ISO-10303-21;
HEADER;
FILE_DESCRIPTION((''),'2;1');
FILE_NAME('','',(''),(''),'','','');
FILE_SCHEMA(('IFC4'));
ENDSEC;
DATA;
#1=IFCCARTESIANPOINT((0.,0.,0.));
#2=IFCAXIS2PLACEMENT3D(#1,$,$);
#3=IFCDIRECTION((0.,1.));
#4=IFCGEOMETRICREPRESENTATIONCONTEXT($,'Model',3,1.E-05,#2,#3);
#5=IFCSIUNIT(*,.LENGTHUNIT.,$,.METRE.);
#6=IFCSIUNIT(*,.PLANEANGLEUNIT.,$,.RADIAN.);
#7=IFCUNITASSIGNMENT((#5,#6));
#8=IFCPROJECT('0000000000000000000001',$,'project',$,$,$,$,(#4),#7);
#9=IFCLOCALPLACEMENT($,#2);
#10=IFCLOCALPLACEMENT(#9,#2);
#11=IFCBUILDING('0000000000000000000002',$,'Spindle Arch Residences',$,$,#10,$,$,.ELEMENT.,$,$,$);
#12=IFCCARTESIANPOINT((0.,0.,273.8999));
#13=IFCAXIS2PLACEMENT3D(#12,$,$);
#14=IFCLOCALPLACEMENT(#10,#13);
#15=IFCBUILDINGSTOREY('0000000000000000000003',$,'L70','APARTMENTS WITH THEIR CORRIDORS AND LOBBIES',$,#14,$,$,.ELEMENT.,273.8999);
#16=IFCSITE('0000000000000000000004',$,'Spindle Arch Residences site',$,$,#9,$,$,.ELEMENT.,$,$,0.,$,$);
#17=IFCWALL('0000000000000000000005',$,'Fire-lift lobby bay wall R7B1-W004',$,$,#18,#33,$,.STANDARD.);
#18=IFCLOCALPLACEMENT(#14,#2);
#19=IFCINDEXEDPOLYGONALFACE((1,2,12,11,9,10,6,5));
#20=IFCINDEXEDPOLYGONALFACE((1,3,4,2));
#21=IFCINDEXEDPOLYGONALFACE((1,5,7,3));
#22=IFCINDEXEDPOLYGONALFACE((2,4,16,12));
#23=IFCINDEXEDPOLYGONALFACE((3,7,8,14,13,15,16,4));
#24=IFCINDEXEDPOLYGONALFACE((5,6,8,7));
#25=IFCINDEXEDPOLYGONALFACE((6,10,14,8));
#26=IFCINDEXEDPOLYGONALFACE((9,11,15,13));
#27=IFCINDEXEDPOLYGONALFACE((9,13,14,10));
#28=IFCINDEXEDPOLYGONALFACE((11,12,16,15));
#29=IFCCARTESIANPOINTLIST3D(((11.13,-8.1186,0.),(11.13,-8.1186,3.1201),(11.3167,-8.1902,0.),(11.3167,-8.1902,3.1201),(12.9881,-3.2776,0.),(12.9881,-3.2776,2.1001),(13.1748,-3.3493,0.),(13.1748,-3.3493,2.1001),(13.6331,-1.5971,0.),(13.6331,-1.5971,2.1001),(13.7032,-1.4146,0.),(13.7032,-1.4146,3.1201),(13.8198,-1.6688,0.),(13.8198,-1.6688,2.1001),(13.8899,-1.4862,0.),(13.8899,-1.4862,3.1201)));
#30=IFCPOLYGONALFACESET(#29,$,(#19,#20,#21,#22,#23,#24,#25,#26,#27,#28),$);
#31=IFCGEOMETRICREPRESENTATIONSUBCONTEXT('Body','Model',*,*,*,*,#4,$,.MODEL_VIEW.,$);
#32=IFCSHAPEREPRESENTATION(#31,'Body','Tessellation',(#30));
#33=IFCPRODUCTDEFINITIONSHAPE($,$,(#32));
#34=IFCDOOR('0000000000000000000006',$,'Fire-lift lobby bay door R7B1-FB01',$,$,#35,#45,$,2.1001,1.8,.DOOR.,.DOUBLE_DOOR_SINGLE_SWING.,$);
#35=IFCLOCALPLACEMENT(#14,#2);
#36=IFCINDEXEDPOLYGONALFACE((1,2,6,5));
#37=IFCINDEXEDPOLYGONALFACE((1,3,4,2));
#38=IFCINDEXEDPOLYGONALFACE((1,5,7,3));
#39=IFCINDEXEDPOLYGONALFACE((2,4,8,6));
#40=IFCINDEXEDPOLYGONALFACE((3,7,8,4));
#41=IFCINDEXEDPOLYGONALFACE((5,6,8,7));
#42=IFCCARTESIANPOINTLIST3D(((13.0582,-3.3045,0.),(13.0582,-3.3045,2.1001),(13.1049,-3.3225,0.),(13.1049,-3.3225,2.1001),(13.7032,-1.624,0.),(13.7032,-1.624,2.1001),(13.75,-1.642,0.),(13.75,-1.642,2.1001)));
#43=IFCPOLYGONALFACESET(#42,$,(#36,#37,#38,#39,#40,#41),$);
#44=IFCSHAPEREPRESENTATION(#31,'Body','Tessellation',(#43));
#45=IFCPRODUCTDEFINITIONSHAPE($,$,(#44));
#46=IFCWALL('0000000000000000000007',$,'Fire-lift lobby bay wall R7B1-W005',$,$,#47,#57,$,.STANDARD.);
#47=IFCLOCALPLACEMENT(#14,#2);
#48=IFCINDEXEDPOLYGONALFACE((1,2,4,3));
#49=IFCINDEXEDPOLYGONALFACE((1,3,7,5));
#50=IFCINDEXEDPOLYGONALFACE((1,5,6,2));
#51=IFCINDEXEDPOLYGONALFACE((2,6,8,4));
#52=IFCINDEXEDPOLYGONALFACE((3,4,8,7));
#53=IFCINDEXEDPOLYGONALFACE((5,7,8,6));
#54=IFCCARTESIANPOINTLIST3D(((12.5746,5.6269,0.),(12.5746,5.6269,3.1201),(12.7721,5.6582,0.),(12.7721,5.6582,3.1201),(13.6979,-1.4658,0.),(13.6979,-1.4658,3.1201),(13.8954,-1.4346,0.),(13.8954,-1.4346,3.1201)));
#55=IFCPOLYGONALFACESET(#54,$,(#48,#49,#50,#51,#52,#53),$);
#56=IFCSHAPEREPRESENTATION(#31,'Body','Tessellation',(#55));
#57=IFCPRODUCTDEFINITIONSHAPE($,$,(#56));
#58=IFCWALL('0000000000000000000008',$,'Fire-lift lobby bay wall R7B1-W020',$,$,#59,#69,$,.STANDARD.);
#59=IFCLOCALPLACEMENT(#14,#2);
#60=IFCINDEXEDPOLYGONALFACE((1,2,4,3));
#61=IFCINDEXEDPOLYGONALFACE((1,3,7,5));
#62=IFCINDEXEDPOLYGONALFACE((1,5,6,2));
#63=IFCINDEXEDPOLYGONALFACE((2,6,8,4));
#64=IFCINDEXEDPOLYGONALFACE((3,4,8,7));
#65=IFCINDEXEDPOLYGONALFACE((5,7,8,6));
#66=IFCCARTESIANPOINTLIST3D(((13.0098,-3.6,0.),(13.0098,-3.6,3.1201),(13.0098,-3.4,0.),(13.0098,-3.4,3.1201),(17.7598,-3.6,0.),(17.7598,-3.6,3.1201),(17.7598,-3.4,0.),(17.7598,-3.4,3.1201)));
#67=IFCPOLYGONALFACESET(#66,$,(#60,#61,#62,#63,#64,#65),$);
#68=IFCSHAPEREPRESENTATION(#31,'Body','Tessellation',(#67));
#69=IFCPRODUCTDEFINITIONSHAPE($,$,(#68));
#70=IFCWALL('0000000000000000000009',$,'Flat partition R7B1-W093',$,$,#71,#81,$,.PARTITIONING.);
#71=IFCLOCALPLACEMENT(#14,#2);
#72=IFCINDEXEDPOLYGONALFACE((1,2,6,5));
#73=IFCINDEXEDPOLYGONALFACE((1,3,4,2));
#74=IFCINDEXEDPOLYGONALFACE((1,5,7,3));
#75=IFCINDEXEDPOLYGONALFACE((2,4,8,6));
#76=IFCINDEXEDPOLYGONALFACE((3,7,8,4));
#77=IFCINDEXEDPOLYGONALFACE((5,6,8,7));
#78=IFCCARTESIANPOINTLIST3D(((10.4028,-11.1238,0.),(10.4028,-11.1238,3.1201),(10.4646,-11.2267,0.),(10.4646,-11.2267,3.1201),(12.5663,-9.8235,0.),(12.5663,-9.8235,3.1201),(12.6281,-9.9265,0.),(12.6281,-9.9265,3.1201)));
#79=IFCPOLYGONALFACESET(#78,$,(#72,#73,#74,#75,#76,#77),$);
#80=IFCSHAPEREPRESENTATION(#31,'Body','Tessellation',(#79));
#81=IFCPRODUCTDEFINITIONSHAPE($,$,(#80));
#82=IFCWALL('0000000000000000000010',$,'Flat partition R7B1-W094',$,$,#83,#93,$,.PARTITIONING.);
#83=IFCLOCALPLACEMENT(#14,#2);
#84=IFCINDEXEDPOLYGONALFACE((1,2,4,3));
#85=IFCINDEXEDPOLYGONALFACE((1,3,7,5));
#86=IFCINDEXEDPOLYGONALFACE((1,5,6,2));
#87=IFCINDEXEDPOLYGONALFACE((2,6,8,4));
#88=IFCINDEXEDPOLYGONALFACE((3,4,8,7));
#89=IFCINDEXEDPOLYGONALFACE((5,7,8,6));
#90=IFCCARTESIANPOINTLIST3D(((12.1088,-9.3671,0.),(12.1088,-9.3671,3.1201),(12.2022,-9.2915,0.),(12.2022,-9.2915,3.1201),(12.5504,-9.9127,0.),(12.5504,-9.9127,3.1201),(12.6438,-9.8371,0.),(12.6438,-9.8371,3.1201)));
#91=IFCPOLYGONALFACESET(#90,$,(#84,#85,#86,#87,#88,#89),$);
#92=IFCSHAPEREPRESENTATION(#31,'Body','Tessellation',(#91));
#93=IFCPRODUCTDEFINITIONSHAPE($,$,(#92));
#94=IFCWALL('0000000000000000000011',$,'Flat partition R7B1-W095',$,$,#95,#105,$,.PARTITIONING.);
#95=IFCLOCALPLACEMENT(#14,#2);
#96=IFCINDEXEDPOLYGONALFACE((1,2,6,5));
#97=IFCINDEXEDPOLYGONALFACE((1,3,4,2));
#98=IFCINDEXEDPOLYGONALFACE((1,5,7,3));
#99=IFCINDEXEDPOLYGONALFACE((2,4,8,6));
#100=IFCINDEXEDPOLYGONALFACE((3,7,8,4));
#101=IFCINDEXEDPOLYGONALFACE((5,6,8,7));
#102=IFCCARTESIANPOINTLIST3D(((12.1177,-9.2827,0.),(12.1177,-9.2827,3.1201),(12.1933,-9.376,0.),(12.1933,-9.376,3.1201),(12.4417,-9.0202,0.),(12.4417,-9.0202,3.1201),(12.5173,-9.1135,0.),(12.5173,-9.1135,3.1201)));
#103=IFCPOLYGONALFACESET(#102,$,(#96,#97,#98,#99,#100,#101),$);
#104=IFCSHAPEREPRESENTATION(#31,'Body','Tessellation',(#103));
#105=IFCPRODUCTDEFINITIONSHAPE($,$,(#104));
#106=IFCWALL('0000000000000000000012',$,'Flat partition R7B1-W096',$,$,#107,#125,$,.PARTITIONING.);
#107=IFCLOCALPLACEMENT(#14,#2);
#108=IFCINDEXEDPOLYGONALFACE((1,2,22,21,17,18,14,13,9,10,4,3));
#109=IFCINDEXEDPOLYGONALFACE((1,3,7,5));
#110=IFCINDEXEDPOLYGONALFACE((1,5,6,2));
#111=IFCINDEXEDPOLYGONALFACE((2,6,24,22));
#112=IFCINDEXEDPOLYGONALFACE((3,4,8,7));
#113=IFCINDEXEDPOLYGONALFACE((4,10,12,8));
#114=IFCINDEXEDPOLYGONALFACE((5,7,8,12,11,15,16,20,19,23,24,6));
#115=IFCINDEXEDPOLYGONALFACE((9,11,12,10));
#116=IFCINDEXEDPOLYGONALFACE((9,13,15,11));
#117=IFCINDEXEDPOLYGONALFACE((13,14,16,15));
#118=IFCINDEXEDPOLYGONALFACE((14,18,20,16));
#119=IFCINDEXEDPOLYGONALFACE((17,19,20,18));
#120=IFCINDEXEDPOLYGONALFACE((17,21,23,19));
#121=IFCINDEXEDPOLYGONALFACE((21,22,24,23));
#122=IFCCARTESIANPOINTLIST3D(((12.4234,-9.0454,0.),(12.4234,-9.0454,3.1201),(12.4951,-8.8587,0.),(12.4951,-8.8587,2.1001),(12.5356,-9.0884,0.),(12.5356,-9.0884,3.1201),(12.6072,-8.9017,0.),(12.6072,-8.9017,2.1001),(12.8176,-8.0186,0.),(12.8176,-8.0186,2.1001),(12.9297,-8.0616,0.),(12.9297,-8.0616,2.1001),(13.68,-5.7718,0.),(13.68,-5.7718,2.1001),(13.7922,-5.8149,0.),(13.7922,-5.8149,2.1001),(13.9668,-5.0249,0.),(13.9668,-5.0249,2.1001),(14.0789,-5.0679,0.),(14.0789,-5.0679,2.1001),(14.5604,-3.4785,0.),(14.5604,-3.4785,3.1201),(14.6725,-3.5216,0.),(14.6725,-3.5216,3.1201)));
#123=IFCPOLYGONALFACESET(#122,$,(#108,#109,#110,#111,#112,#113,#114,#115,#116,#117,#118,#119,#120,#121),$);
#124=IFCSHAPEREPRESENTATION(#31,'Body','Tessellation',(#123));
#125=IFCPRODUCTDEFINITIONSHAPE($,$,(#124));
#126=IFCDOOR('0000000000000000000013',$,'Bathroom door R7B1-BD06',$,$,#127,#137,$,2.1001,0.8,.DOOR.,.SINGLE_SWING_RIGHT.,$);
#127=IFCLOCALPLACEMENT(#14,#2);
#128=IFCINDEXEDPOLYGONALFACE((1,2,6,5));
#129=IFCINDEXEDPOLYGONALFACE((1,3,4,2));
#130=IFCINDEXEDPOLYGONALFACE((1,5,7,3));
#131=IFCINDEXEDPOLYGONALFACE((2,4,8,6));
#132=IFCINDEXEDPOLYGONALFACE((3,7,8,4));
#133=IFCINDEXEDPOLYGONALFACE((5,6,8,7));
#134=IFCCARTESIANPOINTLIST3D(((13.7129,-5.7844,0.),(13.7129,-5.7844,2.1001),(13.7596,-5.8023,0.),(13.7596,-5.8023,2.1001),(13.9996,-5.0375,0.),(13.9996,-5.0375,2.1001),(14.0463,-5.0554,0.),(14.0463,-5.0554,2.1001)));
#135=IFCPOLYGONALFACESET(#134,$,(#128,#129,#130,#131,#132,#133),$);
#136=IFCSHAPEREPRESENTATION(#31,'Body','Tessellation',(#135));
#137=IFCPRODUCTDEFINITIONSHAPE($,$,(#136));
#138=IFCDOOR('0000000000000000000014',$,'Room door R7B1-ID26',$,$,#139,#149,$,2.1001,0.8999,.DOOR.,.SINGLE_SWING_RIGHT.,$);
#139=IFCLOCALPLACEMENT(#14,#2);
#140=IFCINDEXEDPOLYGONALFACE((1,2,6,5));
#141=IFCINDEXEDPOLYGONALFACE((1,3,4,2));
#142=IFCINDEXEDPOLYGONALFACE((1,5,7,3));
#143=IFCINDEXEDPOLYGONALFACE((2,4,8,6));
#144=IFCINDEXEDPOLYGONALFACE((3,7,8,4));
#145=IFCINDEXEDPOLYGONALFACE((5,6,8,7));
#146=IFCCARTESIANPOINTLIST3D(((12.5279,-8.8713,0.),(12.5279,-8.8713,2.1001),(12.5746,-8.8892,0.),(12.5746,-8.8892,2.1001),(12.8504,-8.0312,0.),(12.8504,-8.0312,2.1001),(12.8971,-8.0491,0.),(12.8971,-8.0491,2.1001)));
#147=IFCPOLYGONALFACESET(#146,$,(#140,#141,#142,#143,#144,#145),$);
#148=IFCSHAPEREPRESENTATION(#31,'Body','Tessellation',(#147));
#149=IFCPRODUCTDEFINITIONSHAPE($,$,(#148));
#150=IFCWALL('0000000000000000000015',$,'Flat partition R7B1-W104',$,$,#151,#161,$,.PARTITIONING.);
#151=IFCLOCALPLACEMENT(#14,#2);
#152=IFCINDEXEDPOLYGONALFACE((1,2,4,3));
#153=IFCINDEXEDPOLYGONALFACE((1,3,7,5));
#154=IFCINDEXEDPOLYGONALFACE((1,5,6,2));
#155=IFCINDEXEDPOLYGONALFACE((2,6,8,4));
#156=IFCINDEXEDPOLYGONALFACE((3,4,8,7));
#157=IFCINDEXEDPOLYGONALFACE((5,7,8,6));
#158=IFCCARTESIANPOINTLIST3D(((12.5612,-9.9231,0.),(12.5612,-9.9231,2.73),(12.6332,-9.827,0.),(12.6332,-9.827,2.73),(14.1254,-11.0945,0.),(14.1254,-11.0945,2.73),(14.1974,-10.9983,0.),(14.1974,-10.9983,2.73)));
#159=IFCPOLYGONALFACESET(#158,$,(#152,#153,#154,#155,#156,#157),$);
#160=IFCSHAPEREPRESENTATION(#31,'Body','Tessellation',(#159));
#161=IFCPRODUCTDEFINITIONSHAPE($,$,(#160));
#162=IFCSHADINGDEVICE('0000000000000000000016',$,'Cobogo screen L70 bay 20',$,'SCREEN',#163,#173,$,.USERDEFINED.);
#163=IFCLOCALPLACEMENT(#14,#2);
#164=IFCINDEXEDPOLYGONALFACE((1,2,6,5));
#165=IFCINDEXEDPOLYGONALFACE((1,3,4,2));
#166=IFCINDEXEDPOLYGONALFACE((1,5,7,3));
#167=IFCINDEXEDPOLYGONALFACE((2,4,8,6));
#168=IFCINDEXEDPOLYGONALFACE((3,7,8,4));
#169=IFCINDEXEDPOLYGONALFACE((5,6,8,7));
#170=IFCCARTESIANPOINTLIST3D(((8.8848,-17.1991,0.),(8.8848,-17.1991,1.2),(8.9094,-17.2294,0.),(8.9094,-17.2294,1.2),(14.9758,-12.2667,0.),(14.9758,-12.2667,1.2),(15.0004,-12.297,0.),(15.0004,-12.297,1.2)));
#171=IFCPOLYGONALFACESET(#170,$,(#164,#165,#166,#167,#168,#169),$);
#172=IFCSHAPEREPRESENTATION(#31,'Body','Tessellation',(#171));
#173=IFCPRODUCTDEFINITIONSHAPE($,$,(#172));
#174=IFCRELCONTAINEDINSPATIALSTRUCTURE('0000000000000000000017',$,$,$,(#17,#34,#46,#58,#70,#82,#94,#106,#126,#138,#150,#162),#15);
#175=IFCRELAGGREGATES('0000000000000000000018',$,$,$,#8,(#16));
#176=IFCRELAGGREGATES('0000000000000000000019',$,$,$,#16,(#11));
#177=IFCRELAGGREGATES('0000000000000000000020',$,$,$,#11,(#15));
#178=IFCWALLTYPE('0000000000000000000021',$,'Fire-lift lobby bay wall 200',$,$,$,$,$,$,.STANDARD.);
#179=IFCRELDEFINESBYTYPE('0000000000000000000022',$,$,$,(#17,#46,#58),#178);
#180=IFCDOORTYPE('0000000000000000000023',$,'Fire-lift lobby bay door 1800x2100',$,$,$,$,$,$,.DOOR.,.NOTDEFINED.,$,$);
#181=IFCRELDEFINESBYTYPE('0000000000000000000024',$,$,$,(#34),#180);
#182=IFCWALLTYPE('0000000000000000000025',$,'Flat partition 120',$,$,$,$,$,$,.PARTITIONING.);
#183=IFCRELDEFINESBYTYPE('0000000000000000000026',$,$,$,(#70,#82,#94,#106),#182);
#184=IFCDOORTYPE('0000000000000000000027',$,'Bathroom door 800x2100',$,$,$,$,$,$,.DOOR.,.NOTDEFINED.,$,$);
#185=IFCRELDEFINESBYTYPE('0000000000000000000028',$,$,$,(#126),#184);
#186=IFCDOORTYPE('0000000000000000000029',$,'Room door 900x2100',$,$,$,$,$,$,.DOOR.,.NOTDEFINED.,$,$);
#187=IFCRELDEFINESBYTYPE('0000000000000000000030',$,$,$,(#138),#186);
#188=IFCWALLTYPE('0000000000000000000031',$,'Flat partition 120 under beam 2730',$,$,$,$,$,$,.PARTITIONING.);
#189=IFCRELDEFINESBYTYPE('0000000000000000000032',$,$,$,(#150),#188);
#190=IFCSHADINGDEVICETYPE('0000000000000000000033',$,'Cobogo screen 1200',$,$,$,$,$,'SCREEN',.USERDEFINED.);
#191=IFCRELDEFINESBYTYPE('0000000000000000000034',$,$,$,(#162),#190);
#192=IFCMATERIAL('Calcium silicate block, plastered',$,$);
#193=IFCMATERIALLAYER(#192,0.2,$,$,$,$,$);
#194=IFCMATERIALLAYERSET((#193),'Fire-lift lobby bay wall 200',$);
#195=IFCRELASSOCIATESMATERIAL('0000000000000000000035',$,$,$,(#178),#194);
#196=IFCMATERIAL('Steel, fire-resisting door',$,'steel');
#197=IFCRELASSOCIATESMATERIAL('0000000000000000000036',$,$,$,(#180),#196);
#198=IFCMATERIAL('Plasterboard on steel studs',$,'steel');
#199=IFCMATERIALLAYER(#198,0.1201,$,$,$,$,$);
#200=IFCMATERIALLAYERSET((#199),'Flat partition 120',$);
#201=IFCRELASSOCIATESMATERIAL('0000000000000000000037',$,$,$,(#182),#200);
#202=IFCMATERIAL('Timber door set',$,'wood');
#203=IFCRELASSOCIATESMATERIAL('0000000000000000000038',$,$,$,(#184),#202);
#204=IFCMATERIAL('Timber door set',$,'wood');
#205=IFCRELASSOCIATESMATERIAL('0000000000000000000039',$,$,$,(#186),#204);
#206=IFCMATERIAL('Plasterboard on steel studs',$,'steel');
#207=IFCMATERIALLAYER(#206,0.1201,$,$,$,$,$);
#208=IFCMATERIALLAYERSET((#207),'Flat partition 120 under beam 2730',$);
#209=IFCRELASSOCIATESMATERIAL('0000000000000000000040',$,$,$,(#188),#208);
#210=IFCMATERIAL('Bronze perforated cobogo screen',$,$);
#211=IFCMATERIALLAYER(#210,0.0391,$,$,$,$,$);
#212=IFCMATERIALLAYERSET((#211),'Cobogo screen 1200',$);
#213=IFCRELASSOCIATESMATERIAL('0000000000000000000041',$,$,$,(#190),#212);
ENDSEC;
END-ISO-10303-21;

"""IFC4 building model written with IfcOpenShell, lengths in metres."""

from ifc_helpers import new_model, si_unit, direction, frame, frame_2d, origin, origin_2d, place, context, subcontext, project, spatial, rectangle, extrude, material, layer, layer_set, type_object, element, fill, save


model = new_model("IFC4")

# Units and contexts
model_context = context("Model", 3, precision=1e-05, world=origin(), true_north=direction((0.0, 1.0)))
body_context = subcontext(model_context, "Body", "Model", "MODEL_VIEW")
ifc_project = project(units=[si_unit("LENGTHUNIT", "METRE"), si_unit("PLANEANGLEUNIT", "RADIAN")], contexts=[model_context])

# Site, building, storey
site_placement = place(None, origin())
site = spatial("IfcSite", under=ifc_project, at=site_placement, Name="Spindle Arch Residences site", CompositionType="ELEMENT", RefElevation=0.0)
building_placement = place(site_placement, origin())
building = spatial("IfcBuilding", under=site, at=building_placement, Name="Spindle Arch Residences", CompositionType="ELEMENT")
storey_placement = place(building_placement, frame((0.0, 0.0, 273.8999)))
storey = spatial("IfcBuildingStorey", under=building, at=storey_placement, Name="L70", Description="APARTMENTS WITH THEIR CORRIDORS AND LOBBIES", CompositionType="ELEMENT", Elevation=273.8999)

# Wall, opening, door
ifc_material_1 = material(Name="Calcium silicate block, plastered")
ifc_layer_1 = layer(ifc_material_1, 0.2)
ifc_layer_set_1 = layer_set([ifc_layer_1], Name="Fire-lift lobby bay wall 200")
wall_type_1 = type_object("IfcWallType", Name="Fire-lift lobby bay wall 200", PredefinedType="STANDARD", material=ifc_layer_set_1)
wall_1_placement = place(storey_placement, frame((11.2234, -8.1543, 0.0), z_axis=(0.0, 0.0, 1.0), x_axis=(0.358341, 0.933591, 0.0)))
wall_1 = element("IfcWall", 1, at=wall_1_placement, inside=storey, type_object=wall_type_1, Name="Fire-lift lobby bay wall R7B1-W004", PredefinedType="STANDARD", context=body_context, shape_type="SweptSolid", body=[
    extrude(rectangle(XDim=7.1809, YDim=0.2, at=frame_2d((3.5903, 0.0))), origin(), (0.0, 0.0, 1.0), 3.1201),
])
opening_1_placement = place(wall_1_placement, frame((5.1853, 0.0, 0.0)))
opening_1 = element("IfcOpeningElement", 2, at=opening_1_placement, cuts=wall_1, PredefinedType="OPENING", context=body_context, shape_type="SweptSolid", body=[
    extrude(rectangle(XDim=1.8, YDim=2.1001, at=frame_2d((0.8999, 1.05))), frame((0.0, 0.1099, 0.0), z_axis=(0.0, -1.0, 0.0), x_axis=(1.0, 0.0, 0.0)), (0.0, 0.0, 1.0), 0.22),
])
ifc_material_2 = material(Name="Steel, fire-resisting door", Category="steel")
door_type_1 = type_object("IfcDoorType", Name="Fire-lift lobby bay door 1800x2100", OperationType="NOTDEFINED", PredefinedType="DOOR", material=ifc_material_2)
door_1_placement = place(opening_1_placement, origin())
door_1 = element("IfcDoor", 3, at=door_1_placement, inside=storey, type_object=door_type_1, Name="Fire-lift lobby bay door R7B1-FB01", OperationType="DOUBLE_DOOR_SINGLE_SWING", OverallHeight=2.1001, OverallWidth=1.8, PredefinedType="DOOR", context=body_context, shape_type="SweptSolid", body=[
    extrude(rectangle(XDim=1.8, YDim=2.1001, at=frame_2d((0.8999, 1.05))), frame((0.0, 0.0249, 0.0), z_axis=(0.0, -1.0, 0.0), x_axis=(1.0, 0.0, 0.0)), (0.0, 0.0, 1.0), 0.05),
])
fill(opening_1, door_1)

# Walls
wall_2_placement = place(storey_placement, frame((13.7966, -1.4502, 0.0), z_axis=(0.0, 0.0, 1.0), x_axis=(-0.156422, 0.98769, 0.0)))
element("IfcWall", 4, at=wall_2_placement, inside=storey, type_object=wall_type_1, Name="Fire-lift lobby bay wall R7B1-W005", PredefinedType="STANDARD", context=body_context, shape_type="SweptSolid", body=[
    extrude(rectangle(XDim=7.1812, YDim=0.2, at=frame_2d((3.5906, 0.0))), origin(), (0.0, 0.0, 1.0), 3.1201),
])
wall_3_placement = place(storey_placement, frame((13.0098, -3.5, 0.0), z_axis=(0.0, 0.0, 1.0), x_axis=(1.0, 0.0, 0.0)))
element("IfcWall", 5, at=wall_3_placement, inside=storey, type_object=wall_type_1, Name="Fire-lift lobby bay wall R7B1-W020", PredefinedType="STANDARD", context=body_context, shape_type="SweptSolid", body=[
    extrude(rectangle(XDim=4.75, YDim=0.2, at=frame_2d((2.375, 0.0))), origin(), (0.0, 0.0, 1.0), 3.1201),
])
ifc_material_3 = material(Name="Plasterboard on steel studs", Category="steel")
ifc_layer_2 = layer(ifc_material_3, 0.1201)
ifc_layer_set_2 = layer_set([ifc_layer_2], Name="Flat partition 120")
wall_type_2 = type_object("IfcWallType", Name="Flat partition 120", PredefinedType="PARTITIONING", material=ifc_layer_set_2)
wall_4_placement = place(storey_placement, frame((10.4336, -11.1753, 0.0), z_axis=(0.0, 0.0, 1.0), x_axis=(0.857117, 0.515121, 0.0)))
element("IfcWall", 6, at=wall_4_placement, inside=storey, type_object=wall_type_2, Name="Flat partition R7B1-W093", PredefinedType="PARTITIONING", context=body_context, shape_type="SweptSolid", body=[
    extrude(rectangle(XDim=2.5242, YDim=0.1201, at=frame_2d((1.2622, 0.0))), origin(), (0.0, 0.0, 1.0), 3.1201),
])
wall_5_placement = place(storey_placement, frame((12.5972, -9.875, 0.0), z_axis=(0.0, 0.0, 1.0), x_axis=(-0.629138, 0.777293, 0.0)))
element("IfcWall", 7, at=wall_5_placement, inside=storey, type_object=wall_type_2, Name="Flat partition R7B1-W094", PredefinedType="PARTITIONING", context=body_context, shape_type="SweptSolid", body=[
    extrude(rectangle(XDim=0.7019, YDim=0.1201, at=frame_2d((0.3511, 0.0))), origin(), (0.0, 0.0, 1.0), 3.1201),
])
wall_6_placement = place(storey_placement, frame((12.1555, -9.3293, 0.0), z_axis=(0.0, 0.0, 1.0), x_axis=(0.777027, 0.629468, 0.0)))
element("IfcWall", 8, at=wall_6_placement, inside=storey, type_object=wall_type_2, Name="Flat partition R7B1-W095", PredefinedType="PARTITIONING", context=body_context, shape_type="SweptSolid", body=[
    extrude(rectangle(XDim=0.417, YDim=0.1201, at=frame_2d((0.2085, 0.0))), origin(), (0.0, 0.0, 1.0), 3.1201),
])

# Wall, openings, doors
wall_7_placement = place(storey_placement, frame((12.4795, -9.0669, 0.0), z_axis=(0.0, 0.0, 1.0), x_axis=(0.358373, 0.933579, 0.0)))
wall_7 = element("IfcWall", 9, at=wall_7_placement, inside=storey, type_object=wall_type_2, Name="Flat partition R7B1-W096", PredefinedType="PARTITIONING", context=body_context, shape_type="SweptSolid", body=[
    extrude(rectangle(XDim=5.9629, YDim=0.1201, at=frame_2d((2.9814, 0.0))), origin(), (0.0, 0.0, 1.0), 3.1201),
])
opening_2_placement = place(wall_7_placement, frame((0.2, 0.0, 0.0)))
opening_2 = element("IfcOpeningElement", 10, at=opening_2_placement, cuts=wall_7, PredefinedType="OPENING", context=body_context, shape_type="SweptSolid", body=[
    extrude(rectangle(XDim=0.8999, YDim=2.1001, at=frame_2d((0.45, 1.05))), frame((0.0, 0.0701, 0.0), z_axis=(0.0, -1.0, 0.0), x_axis=(1.0, 0.0, 0.0)), (0.0, 0.0, 1.0), 0.1401),
])
opening_3_placement = place(wall_7_placement, frame((3.5066, 0.0, 0.0)))
opening_3 = element("IfcOpeningElement", 11, at=opening_3_placement, cuts=wall_7, PredefinedType="OPENING", context=body_context, shape_type="SweptSolid", body=[
    extrude(rectangle(XDim=0.8, YDim=2.1001, at=frame_2d((0.3999, 1.05))), frame((0.0, 0.0701, 0.0), z_axis=(0.0, -1.0, 0.0), x_axis=(1.0, 0.0, 0.0)), (0.0, 0.0, 1.0), 0.1401),
])
ifc_material_4 = material(Name="Timber door set", Category="wood")
door_type_2 = type_object("IfcDoorType", Name="Bathroom door 800x2100", OperationType="NOTDEFINED", PredefinedType="DOOR", material=ifc_material_4)
door_2_placement = place(opening_3_placement, origin())
door_2 = element("IfcDoor", 12, at=door_2_placement, inside=storey, type_object=door_type_2, Name="Bathroom door R7B1-BD06", OperationType="SINGLE_SWING_RIGHT", OverallHeight=2.1001, OverallWidth=0.8, PredefinedType="DOOR", context=body_context, shape_type="SweptSolid", body=[
    extrude(rectangle(XDim=0.8, YDim=2.1001, at=frame_2d((0.3999, 1.05))), frame((0.0, 0.0249, 0.0), z_axis=(0.0, -1.0, 0.0), x_axis=(1.0, 0.0, 0.0)), (0.0, 0.0, 1.0), 0.05),
])
fill(opening_3, door_2)
ifc_material_5 = material(Name="Timber door set", Category="wood")
door_type_3 = type_object("IfcDoorType", Name="Room door 900x2100", OperationType="NOTDEFINED", PredefinedType="DOOR", material=ifc_material_5)
door_3_placement = place(opening_2_placement, origin())
door_3 = element("IfcDoor", 13, at=door_3_placement, inside=storey, type_object=door_type_3, Name="Room door R7B1-ID26", OperationType="SINGLE_SWING_RIGHT", OverallHeight=2.1001, OverallWidth=0.8999, PredefinedType="DOOR", context=body_context, shape_type="SweptSolid", body=[
    extrude(rectangle(XDim=0.8999, YDim=2.1001, at=frame_2d((0.45, 1.05))), frame((0.0, 0.0249, 0.0), z_axis=(0.0, -1.0, 0.0), x_axis=(1.0, 0.0, 0.0)), (0.0, 0.0, 1.0), 0.05),
])
fill(opening_2, door_3)

# Wall
ifc_material_6 = material(Name="Plasterboard on steel studs", Category="steel")
ifc_layer_3 = layer(ifc_material_6, 0.1201)
ifc_layer_set_3 = layer_set([ifc_layer_3], Name="Flat partition 120 under beam 2730")
wall_type_3 = type_object("IfcWallType", Name="Flat partition 120 under beam 2730", PredefinedType="PARTITIONING", material=ifc_layer_set_3)
wall_8_placement = place(storey_placement, frame((14.1614, -11.0464, 0.0), z_axis=(0.0, 0.0, 1.0), x_axis=(-0.800435, 0.59942, 0.0)))
element("IfcWall", 14, at=wall_8_placement, inside=storey, type_object=wall_type_3, Name="Flat partition R7B1-W104", PredefinedType="PARTITIONING", context=body_context, shape_type="SweptSolid", body=[
    extrude(rectangle(XDim=1.9541, YDim=0.1201, at=frame_2d((0.9771, 0.0))), origin(), (0.0, 0.0, 1.0), 2.73),
])

# Shading device
ifc_material_7 = material(Name="Bronze perforated cobogo screen")
ifc_layer_4 = layer(ifc_material_7, 0.0391)
ifc_layer_set_4 = layer_set([ifc_layer_4], Name="Cobogo screen 1200")
shading_device_type = type_object("IfcShadingDeviceType", Name="Cobogo screen 1200", ElementType="SCREEN", PredefinedType="USERDEFINED", material=ifc_layer_set_4)
shading_device_placement = place(storey_placement, frame((11.9426, -14.748, 0.0), z_axis=(0.0, 0.0, 1.0), x_axis=(0.777146, 0.62932, 0.0)))
element("IfcShadingDevice", 15, at=shading_device_placement, inside=storey, type_object=shading_device_type, Name="Cobogo screen L70 bay 20", ObjectType="SCREEN", PredefinedType="USERDEFINED", context=body_context, shape_type="SweptSolid", body=[
    extrude(rectangle(XDim=7.8376, YDim=0.0391, at=origin_2d()), origin(), (0.0, 0.0, 1.0), 1.2),
])

save(model, "model.ifc")
